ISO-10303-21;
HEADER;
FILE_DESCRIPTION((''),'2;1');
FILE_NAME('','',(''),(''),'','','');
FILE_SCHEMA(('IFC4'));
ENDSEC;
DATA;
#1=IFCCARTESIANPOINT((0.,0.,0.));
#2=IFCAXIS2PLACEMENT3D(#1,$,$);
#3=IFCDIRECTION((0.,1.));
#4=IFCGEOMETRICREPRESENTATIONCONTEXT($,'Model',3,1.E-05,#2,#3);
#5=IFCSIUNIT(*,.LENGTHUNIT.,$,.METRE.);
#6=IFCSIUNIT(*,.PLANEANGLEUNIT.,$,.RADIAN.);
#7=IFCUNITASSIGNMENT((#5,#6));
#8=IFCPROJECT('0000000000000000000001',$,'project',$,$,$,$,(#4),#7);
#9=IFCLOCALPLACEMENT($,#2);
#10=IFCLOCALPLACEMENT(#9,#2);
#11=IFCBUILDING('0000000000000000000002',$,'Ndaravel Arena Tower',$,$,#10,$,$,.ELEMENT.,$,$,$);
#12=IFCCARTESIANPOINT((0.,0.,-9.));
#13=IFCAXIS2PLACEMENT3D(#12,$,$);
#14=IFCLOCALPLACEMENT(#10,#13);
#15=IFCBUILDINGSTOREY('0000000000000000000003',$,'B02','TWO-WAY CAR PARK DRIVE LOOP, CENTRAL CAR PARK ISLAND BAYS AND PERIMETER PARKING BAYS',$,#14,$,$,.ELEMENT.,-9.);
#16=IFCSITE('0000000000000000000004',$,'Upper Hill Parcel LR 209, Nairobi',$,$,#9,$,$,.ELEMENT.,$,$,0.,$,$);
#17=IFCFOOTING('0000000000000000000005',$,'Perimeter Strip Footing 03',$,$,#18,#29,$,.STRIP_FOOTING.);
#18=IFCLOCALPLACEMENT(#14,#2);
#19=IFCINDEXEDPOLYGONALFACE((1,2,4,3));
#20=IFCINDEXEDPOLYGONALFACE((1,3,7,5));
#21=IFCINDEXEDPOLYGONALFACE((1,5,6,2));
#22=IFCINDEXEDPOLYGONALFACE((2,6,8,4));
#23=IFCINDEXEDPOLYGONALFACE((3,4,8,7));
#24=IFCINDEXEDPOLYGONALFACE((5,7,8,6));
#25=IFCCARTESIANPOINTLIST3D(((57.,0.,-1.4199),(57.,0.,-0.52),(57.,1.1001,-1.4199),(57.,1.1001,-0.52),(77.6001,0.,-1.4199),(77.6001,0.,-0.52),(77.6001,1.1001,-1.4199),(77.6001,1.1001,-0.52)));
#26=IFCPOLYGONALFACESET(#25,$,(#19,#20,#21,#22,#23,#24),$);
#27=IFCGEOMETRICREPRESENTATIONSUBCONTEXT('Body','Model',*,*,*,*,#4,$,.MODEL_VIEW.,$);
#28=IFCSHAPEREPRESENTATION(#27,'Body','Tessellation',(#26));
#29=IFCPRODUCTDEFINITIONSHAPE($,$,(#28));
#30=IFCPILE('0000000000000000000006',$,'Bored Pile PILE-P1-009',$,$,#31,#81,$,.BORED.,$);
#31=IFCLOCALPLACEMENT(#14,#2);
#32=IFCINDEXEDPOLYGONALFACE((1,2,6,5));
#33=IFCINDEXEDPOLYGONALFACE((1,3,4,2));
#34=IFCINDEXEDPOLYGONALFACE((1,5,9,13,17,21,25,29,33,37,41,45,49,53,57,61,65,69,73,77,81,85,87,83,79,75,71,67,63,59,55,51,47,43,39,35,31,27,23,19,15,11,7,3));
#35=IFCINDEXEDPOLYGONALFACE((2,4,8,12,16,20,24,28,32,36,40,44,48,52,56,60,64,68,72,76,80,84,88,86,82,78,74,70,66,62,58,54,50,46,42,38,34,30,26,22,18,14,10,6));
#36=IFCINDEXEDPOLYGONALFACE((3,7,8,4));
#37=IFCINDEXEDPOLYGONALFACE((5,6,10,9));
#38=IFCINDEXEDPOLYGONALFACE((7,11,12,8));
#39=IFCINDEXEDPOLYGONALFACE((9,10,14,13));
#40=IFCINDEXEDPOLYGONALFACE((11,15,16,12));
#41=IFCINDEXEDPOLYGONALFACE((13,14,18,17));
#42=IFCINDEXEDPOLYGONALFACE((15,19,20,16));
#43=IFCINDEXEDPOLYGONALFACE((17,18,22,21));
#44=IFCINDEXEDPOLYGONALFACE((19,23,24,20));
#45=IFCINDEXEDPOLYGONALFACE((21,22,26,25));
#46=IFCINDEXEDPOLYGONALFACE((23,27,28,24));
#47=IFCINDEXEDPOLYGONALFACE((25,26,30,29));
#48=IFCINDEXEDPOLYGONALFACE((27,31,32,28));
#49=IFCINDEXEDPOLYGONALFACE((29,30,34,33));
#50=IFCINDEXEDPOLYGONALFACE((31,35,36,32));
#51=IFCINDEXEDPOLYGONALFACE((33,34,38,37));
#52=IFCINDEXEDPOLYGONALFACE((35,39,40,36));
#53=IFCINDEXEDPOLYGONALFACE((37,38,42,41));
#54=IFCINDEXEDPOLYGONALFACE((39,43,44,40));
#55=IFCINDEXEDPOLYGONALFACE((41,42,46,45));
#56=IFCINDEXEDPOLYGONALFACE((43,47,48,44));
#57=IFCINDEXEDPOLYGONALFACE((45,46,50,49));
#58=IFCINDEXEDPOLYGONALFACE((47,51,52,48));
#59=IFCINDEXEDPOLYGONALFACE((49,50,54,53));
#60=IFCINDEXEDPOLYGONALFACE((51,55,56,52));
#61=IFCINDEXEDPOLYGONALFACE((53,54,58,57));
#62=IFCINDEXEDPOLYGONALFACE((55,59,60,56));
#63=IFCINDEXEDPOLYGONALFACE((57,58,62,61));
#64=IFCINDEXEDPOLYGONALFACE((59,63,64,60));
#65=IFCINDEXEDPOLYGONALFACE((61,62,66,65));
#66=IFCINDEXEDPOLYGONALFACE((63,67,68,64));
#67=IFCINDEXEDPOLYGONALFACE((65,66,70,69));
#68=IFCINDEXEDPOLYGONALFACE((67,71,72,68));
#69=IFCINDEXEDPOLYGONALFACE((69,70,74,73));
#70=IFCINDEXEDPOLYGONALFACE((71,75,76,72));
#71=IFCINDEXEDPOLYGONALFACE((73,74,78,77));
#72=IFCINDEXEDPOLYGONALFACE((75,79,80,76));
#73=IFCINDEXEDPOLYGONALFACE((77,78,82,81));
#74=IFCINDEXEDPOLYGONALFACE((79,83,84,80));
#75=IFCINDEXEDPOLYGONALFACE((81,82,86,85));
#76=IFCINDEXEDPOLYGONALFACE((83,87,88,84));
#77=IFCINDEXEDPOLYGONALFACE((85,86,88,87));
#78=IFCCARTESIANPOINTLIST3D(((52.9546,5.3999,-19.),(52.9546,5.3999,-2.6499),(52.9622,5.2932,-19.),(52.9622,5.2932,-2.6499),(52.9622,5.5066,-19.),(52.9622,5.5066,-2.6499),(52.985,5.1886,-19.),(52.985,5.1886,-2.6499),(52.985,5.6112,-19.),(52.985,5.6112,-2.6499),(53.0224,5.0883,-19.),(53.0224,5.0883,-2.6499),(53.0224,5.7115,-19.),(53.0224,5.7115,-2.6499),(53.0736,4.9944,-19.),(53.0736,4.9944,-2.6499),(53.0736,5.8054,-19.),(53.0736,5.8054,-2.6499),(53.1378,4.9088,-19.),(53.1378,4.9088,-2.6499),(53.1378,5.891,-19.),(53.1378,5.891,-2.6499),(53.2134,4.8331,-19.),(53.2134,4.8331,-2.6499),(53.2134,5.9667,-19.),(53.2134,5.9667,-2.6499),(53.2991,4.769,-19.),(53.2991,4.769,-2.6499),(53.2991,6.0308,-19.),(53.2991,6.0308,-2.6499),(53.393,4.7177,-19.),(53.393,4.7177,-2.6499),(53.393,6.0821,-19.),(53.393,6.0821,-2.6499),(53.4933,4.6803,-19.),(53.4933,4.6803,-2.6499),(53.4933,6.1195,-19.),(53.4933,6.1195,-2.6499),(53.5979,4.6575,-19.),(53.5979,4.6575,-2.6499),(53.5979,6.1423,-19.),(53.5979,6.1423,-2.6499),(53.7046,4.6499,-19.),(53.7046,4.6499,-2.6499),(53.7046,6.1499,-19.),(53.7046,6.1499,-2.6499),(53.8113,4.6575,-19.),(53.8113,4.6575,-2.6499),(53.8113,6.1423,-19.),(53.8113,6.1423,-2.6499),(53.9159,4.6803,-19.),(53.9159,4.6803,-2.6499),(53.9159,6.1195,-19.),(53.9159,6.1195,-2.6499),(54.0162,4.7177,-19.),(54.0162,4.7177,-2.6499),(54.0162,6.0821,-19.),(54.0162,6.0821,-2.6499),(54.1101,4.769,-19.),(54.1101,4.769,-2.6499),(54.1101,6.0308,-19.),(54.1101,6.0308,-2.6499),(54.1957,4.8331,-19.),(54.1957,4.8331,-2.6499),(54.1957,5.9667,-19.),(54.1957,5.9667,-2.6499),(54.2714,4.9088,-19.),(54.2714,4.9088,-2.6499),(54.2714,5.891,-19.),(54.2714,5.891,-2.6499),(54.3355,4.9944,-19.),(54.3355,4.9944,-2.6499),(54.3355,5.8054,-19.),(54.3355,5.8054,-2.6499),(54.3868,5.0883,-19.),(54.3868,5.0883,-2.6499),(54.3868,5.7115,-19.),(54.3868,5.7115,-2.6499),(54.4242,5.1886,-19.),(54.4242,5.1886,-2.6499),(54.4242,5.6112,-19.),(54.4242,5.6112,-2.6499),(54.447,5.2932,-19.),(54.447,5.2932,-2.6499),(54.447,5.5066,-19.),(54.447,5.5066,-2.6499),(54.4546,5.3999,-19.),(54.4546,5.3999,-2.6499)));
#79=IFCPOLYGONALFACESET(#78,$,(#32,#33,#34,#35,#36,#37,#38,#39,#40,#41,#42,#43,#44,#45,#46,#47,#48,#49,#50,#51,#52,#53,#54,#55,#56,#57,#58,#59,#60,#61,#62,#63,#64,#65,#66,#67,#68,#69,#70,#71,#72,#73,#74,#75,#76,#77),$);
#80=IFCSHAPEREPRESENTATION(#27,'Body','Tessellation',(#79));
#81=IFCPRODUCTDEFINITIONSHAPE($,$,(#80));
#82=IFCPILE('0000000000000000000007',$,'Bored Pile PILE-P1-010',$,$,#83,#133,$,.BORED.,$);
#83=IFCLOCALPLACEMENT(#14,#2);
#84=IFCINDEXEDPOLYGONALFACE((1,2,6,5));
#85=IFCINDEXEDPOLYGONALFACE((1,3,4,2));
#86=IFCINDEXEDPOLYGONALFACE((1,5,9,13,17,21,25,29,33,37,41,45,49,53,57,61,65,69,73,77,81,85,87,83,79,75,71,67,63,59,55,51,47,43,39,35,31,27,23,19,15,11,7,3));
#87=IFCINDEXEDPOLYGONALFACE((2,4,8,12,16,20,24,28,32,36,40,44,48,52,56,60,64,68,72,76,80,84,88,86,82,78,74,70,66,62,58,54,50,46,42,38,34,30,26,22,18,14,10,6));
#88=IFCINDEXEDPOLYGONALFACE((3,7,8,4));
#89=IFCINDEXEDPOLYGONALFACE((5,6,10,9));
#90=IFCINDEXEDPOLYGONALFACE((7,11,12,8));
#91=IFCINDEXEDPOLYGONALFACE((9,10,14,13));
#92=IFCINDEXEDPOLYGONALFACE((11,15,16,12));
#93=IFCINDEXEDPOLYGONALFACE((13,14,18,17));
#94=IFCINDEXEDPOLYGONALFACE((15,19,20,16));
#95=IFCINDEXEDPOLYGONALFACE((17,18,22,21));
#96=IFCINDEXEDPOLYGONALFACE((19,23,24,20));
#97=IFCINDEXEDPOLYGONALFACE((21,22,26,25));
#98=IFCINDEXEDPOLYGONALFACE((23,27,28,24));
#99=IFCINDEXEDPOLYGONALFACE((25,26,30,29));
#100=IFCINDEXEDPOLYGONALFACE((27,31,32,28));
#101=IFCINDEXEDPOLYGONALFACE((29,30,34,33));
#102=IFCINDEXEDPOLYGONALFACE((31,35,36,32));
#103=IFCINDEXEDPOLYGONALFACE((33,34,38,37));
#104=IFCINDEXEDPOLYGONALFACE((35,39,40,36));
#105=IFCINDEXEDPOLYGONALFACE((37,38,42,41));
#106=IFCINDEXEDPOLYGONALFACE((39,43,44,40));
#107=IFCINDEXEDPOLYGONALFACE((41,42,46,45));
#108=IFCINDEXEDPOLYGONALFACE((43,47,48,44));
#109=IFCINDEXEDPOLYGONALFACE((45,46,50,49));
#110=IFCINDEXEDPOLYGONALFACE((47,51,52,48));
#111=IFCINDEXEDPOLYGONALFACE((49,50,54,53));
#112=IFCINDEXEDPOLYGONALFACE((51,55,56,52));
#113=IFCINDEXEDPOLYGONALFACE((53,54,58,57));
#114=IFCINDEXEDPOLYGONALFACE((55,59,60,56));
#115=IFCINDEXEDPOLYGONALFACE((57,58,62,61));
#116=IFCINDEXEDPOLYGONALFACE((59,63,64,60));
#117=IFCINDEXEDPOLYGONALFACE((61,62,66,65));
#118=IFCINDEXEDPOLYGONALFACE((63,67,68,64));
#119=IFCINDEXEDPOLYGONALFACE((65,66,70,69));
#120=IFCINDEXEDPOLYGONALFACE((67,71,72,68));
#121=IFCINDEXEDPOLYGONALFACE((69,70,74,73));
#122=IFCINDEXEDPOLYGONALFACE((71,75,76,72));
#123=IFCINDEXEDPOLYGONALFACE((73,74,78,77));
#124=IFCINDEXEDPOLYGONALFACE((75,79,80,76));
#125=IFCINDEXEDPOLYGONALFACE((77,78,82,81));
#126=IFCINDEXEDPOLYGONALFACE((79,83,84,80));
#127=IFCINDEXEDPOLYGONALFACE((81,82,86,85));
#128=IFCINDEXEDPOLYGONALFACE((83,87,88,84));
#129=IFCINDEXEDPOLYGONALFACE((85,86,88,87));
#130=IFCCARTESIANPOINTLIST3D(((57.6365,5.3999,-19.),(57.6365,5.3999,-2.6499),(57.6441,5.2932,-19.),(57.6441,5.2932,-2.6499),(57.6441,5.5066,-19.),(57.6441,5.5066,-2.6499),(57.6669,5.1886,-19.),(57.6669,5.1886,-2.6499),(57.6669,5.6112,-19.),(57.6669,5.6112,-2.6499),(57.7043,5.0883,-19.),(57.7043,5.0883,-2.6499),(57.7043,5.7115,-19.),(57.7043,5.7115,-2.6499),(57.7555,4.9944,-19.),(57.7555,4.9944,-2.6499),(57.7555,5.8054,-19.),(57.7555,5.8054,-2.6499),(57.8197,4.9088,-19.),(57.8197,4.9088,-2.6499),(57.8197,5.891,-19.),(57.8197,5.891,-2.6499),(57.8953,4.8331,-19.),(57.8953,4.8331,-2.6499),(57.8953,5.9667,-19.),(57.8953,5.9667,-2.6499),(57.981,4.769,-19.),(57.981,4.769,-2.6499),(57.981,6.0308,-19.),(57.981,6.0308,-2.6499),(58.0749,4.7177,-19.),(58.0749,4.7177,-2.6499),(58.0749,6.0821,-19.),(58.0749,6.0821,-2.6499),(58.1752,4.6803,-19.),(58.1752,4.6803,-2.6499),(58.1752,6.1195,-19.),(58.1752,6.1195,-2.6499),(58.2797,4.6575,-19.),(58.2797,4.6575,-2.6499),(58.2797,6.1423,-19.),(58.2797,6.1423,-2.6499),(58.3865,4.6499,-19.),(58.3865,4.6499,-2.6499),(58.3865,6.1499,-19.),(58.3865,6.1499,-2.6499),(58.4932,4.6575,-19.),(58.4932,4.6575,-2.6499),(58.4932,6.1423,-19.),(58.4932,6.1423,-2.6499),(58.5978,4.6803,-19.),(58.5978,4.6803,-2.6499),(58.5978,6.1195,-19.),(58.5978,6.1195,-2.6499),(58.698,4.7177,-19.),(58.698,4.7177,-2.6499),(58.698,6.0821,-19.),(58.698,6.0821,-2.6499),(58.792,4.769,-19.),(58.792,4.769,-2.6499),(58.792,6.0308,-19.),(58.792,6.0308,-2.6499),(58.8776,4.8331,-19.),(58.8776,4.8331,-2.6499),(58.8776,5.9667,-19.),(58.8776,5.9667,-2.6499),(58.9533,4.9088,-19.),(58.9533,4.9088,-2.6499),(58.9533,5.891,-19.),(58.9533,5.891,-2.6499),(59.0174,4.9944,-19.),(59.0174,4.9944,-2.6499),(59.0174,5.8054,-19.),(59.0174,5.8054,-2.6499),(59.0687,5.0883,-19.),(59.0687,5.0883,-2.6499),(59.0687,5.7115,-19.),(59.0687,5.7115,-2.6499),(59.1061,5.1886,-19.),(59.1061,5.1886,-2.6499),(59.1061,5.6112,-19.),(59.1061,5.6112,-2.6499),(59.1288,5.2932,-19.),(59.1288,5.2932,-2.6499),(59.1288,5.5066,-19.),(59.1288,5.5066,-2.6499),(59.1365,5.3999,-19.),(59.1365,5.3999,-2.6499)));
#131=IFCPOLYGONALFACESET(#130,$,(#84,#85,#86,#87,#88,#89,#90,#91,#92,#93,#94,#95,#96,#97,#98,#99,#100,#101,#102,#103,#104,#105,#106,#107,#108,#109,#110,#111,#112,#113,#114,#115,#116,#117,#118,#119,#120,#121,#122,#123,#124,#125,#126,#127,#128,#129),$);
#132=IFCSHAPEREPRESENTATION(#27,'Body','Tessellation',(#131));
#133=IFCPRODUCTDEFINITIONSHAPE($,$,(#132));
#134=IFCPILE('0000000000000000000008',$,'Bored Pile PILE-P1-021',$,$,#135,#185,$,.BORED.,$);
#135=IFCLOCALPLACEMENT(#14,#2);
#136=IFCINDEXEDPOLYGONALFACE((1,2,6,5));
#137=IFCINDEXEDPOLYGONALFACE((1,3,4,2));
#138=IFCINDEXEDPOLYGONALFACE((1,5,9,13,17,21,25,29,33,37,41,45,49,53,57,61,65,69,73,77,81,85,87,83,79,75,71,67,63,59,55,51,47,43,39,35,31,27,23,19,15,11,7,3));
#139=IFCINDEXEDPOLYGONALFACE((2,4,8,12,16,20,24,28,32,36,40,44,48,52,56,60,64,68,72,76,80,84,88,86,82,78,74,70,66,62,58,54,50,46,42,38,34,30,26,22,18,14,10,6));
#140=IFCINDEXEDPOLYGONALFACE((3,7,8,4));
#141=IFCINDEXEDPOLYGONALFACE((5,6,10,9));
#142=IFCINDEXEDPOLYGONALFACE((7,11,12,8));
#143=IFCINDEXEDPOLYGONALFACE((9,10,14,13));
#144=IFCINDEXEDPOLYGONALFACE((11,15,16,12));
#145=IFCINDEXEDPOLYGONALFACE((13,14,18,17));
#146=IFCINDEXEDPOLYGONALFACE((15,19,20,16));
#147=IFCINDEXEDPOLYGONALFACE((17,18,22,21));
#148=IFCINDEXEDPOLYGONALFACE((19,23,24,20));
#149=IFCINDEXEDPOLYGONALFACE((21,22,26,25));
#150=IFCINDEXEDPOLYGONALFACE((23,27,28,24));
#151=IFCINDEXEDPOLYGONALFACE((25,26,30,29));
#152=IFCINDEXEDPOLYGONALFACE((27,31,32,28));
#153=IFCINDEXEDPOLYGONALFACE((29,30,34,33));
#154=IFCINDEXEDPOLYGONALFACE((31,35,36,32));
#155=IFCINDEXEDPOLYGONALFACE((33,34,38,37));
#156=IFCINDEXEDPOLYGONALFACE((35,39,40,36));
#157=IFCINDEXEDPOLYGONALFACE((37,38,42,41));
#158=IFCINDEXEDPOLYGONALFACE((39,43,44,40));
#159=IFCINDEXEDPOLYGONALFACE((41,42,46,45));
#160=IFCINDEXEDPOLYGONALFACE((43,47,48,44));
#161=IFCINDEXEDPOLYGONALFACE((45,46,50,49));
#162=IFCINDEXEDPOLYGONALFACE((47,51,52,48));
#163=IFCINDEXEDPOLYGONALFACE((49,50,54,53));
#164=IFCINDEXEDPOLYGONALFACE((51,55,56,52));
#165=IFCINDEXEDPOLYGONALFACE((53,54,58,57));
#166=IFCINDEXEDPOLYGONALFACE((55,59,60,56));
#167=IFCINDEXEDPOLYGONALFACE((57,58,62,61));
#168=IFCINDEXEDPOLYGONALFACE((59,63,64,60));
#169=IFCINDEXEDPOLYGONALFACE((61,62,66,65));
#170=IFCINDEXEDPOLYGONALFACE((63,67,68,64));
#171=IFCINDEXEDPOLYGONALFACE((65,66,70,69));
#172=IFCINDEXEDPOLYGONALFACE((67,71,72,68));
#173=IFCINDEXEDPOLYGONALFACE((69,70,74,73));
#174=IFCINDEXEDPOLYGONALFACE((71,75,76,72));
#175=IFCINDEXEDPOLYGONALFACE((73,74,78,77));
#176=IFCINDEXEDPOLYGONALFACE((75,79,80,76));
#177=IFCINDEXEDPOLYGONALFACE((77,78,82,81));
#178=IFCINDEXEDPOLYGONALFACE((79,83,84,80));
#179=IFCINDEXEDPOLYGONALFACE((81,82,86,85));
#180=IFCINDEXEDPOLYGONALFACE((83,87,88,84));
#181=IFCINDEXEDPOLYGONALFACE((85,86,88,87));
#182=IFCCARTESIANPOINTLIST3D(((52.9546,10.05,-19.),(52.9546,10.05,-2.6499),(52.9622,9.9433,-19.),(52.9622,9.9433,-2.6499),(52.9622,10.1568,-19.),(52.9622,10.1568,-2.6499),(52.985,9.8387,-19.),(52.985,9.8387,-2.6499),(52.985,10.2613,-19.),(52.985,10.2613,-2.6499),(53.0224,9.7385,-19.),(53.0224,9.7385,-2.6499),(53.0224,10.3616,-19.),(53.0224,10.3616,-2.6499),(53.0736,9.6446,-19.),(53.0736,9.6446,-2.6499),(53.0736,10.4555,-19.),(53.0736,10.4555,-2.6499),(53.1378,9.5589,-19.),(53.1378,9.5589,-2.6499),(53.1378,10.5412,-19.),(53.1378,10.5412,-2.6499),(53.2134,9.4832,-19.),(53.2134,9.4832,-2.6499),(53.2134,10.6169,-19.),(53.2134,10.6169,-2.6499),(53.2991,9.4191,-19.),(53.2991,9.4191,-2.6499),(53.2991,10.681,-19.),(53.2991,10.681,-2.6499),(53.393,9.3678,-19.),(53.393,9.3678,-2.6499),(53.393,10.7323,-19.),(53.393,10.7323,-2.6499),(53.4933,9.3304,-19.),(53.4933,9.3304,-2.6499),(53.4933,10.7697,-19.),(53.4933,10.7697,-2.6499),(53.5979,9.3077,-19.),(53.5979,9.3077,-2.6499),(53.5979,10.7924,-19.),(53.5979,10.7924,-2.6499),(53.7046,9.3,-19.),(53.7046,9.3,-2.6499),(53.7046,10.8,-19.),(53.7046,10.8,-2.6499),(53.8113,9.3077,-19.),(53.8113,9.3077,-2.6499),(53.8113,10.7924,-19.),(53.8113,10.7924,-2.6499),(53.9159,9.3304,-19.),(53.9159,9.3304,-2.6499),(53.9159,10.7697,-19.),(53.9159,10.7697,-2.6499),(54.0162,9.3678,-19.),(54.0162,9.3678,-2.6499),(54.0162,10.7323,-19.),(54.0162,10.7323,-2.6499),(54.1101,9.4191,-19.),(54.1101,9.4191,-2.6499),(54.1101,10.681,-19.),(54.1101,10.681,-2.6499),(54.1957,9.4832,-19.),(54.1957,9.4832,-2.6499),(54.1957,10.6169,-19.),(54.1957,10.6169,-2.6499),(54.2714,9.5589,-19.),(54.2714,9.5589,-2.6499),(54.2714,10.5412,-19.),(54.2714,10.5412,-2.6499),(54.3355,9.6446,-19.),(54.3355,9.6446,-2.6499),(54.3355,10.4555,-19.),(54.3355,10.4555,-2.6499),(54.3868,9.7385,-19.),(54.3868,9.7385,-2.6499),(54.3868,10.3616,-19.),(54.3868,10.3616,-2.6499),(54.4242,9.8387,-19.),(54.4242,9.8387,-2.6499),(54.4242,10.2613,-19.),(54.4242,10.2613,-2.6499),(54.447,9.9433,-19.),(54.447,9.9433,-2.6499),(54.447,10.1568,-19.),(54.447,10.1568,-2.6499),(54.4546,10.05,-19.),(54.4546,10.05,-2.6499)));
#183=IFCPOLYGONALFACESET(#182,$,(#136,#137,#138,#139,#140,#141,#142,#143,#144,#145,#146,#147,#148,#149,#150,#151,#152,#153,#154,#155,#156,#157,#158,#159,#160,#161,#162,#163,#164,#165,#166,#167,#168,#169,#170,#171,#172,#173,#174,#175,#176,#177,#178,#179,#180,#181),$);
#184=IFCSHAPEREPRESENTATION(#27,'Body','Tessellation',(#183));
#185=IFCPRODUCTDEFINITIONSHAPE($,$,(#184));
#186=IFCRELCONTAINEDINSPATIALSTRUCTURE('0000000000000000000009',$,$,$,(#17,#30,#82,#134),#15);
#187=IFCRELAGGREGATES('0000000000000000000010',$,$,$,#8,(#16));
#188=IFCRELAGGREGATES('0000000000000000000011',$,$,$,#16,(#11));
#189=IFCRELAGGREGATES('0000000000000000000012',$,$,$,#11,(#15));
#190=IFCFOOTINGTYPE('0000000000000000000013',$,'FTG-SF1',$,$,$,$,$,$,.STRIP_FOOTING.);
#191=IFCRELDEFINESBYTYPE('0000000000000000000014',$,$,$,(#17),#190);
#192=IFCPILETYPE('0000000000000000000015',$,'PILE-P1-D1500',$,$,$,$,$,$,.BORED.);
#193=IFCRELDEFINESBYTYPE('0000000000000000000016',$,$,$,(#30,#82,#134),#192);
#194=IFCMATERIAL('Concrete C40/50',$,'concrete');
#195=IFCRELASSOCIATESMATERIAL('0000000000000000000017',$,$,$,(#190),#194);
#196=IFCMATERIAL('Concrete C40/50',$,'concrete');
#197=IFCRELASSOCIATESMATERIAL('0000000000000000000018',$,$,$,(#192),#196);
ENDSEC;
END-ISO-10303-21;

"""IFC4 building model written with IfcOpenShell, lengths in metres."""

from ifc_helpers import new_model, si_unit, direction, frame, origin, origin_2d, place, context, subcontext, project, spatial, rectangle, circle, extrude, material, material_profile, profile_set, type_object, element, save


model = new_model("IFC4")

# Units and contexts
model_context = context("Model", 3, precision=1e-05, world=origin(), true_north=direction((0.0, 1.0)))
body_context = subcontext(model_context, "Body", "Model", "MODEL_VIEW")
ifc_project = project(units=[si_unit("LENGTHUNIT", "METRE"), si_unit("PLANEANGLEUNIT", "RADIAN")], contexts=[model_context])

# Site, building, storey
site_placement = place(None, origin())
site = spatial("IfcSite", under=ifc_project, at=site_placement, Name="Upper Hill Parcel LR 209, Nairobi", CompositionType="ELEMENT", RefElevation=0.0)
building_placement = place(site_placement, origin())
building = spatial("IfcBuilding", under=site, at=building_placement, Name="Ndaravel Arena Tower", CompositionType="ELEMENT")
storey_placement = place(building_placement, frame((0.0, 0.0, -9.0)))
storey = spatial("IfcBuildingStorey", under=building, at=storey_placement, Name="B02", Description="TWO-WAY CAR PARK DRIVE LOOP, CENTRAL CAR PARK ISLAND BAYS AND PERIMETER PARKING BAYS", CompositionType="ELEMENT", Elevation=-9.0)

# Footing
ifc_material_1 = material(Name="Concrete C40/50", Category="concrete")
ifc_material_profile_1 = material_profile(ifc_material_1, rectangle(XDim=1.1001, YDim=0.8999, at=origin_2d()), Name="RC 1100x900")
ifc_profile_set_1 = profile_set([ifc_material_profile_1], Name="Concrete C40/50")
footing_type = type_object("IfcFootingType", Name="FTG-SF1", PredefinedType="STRIP_FOOTING", material=ifc_profile_set_1)
footing_placement = place(storey_placement, frame((57.0, 0.55, -0.97), z_axis=(1.0, 0.0, 0.0), x_axis=(0.0, 1.0, 0.0)))
element("IfcFooting", 1, at=footing_placement, inside=storey, type_object=footing_type, Name="Perimeter Strip Footing 03", PredefinedType="STRIP_FOOTING", context=body_context, shape_type="SweptSolid", body=[
    extrude(rectangle(XDim=1.1001, YDim=0.8999, at=origin_2d()), origin(), (0.0, 0.0, 1.0), 20.6001),
])

# Piles
ifc_material_2 = material(Name="Concrete C40/50", Category="concrete")
ifc_material_profile_2 = material_profile(ifc_material_2, circle(Radius=0.75, at=origin_2d()), Name="BORED PILE D1500")
ifc_profile_set_2 = profile_set([ifc_material_profile_2], Name="Concrete C40/50")
pile_type = type_object("IfcPileType", Name="PILE-P1-D1500", PredefinedType="BORED", material=ifc_profile_set_2)
for number, where, z_axis, x_axis, name in (
    (2, (53.7046, 5.3999, -2.6499), (0.0, 0.0, -1.0), (1.0, 0.0, 0.0), "Bored Pile PILE-P1-009"),
    (3, (58.3865, 5.3999, -2.6499), (0.0, 0.0, -1.0), (1.0, 0.0, 0.0), "Bored Pile PILE-P1-010"),
    (4, (53.7046, 10.05, -2.6499), (0.0, 0.0, -1.0), (1.0, 0.0, 0.0), "Bored Pile PILE-P1-021"),
):
    element("IfcPile", number, at=place(storey_placement, frame(where, z_axis=z_axis, x_axis=x_axis)), inside=storey, type_object=pile_type, Name=name, PredefinedType="BORED", context=body_context, shape_type="SweptSolid", body=[
        extrude(circle(Radius=0.75, at=origin_2d()), origin(), (0.0, 0.0, 1.0), 16.3501),
    ])

save(model, "model.ifc")
